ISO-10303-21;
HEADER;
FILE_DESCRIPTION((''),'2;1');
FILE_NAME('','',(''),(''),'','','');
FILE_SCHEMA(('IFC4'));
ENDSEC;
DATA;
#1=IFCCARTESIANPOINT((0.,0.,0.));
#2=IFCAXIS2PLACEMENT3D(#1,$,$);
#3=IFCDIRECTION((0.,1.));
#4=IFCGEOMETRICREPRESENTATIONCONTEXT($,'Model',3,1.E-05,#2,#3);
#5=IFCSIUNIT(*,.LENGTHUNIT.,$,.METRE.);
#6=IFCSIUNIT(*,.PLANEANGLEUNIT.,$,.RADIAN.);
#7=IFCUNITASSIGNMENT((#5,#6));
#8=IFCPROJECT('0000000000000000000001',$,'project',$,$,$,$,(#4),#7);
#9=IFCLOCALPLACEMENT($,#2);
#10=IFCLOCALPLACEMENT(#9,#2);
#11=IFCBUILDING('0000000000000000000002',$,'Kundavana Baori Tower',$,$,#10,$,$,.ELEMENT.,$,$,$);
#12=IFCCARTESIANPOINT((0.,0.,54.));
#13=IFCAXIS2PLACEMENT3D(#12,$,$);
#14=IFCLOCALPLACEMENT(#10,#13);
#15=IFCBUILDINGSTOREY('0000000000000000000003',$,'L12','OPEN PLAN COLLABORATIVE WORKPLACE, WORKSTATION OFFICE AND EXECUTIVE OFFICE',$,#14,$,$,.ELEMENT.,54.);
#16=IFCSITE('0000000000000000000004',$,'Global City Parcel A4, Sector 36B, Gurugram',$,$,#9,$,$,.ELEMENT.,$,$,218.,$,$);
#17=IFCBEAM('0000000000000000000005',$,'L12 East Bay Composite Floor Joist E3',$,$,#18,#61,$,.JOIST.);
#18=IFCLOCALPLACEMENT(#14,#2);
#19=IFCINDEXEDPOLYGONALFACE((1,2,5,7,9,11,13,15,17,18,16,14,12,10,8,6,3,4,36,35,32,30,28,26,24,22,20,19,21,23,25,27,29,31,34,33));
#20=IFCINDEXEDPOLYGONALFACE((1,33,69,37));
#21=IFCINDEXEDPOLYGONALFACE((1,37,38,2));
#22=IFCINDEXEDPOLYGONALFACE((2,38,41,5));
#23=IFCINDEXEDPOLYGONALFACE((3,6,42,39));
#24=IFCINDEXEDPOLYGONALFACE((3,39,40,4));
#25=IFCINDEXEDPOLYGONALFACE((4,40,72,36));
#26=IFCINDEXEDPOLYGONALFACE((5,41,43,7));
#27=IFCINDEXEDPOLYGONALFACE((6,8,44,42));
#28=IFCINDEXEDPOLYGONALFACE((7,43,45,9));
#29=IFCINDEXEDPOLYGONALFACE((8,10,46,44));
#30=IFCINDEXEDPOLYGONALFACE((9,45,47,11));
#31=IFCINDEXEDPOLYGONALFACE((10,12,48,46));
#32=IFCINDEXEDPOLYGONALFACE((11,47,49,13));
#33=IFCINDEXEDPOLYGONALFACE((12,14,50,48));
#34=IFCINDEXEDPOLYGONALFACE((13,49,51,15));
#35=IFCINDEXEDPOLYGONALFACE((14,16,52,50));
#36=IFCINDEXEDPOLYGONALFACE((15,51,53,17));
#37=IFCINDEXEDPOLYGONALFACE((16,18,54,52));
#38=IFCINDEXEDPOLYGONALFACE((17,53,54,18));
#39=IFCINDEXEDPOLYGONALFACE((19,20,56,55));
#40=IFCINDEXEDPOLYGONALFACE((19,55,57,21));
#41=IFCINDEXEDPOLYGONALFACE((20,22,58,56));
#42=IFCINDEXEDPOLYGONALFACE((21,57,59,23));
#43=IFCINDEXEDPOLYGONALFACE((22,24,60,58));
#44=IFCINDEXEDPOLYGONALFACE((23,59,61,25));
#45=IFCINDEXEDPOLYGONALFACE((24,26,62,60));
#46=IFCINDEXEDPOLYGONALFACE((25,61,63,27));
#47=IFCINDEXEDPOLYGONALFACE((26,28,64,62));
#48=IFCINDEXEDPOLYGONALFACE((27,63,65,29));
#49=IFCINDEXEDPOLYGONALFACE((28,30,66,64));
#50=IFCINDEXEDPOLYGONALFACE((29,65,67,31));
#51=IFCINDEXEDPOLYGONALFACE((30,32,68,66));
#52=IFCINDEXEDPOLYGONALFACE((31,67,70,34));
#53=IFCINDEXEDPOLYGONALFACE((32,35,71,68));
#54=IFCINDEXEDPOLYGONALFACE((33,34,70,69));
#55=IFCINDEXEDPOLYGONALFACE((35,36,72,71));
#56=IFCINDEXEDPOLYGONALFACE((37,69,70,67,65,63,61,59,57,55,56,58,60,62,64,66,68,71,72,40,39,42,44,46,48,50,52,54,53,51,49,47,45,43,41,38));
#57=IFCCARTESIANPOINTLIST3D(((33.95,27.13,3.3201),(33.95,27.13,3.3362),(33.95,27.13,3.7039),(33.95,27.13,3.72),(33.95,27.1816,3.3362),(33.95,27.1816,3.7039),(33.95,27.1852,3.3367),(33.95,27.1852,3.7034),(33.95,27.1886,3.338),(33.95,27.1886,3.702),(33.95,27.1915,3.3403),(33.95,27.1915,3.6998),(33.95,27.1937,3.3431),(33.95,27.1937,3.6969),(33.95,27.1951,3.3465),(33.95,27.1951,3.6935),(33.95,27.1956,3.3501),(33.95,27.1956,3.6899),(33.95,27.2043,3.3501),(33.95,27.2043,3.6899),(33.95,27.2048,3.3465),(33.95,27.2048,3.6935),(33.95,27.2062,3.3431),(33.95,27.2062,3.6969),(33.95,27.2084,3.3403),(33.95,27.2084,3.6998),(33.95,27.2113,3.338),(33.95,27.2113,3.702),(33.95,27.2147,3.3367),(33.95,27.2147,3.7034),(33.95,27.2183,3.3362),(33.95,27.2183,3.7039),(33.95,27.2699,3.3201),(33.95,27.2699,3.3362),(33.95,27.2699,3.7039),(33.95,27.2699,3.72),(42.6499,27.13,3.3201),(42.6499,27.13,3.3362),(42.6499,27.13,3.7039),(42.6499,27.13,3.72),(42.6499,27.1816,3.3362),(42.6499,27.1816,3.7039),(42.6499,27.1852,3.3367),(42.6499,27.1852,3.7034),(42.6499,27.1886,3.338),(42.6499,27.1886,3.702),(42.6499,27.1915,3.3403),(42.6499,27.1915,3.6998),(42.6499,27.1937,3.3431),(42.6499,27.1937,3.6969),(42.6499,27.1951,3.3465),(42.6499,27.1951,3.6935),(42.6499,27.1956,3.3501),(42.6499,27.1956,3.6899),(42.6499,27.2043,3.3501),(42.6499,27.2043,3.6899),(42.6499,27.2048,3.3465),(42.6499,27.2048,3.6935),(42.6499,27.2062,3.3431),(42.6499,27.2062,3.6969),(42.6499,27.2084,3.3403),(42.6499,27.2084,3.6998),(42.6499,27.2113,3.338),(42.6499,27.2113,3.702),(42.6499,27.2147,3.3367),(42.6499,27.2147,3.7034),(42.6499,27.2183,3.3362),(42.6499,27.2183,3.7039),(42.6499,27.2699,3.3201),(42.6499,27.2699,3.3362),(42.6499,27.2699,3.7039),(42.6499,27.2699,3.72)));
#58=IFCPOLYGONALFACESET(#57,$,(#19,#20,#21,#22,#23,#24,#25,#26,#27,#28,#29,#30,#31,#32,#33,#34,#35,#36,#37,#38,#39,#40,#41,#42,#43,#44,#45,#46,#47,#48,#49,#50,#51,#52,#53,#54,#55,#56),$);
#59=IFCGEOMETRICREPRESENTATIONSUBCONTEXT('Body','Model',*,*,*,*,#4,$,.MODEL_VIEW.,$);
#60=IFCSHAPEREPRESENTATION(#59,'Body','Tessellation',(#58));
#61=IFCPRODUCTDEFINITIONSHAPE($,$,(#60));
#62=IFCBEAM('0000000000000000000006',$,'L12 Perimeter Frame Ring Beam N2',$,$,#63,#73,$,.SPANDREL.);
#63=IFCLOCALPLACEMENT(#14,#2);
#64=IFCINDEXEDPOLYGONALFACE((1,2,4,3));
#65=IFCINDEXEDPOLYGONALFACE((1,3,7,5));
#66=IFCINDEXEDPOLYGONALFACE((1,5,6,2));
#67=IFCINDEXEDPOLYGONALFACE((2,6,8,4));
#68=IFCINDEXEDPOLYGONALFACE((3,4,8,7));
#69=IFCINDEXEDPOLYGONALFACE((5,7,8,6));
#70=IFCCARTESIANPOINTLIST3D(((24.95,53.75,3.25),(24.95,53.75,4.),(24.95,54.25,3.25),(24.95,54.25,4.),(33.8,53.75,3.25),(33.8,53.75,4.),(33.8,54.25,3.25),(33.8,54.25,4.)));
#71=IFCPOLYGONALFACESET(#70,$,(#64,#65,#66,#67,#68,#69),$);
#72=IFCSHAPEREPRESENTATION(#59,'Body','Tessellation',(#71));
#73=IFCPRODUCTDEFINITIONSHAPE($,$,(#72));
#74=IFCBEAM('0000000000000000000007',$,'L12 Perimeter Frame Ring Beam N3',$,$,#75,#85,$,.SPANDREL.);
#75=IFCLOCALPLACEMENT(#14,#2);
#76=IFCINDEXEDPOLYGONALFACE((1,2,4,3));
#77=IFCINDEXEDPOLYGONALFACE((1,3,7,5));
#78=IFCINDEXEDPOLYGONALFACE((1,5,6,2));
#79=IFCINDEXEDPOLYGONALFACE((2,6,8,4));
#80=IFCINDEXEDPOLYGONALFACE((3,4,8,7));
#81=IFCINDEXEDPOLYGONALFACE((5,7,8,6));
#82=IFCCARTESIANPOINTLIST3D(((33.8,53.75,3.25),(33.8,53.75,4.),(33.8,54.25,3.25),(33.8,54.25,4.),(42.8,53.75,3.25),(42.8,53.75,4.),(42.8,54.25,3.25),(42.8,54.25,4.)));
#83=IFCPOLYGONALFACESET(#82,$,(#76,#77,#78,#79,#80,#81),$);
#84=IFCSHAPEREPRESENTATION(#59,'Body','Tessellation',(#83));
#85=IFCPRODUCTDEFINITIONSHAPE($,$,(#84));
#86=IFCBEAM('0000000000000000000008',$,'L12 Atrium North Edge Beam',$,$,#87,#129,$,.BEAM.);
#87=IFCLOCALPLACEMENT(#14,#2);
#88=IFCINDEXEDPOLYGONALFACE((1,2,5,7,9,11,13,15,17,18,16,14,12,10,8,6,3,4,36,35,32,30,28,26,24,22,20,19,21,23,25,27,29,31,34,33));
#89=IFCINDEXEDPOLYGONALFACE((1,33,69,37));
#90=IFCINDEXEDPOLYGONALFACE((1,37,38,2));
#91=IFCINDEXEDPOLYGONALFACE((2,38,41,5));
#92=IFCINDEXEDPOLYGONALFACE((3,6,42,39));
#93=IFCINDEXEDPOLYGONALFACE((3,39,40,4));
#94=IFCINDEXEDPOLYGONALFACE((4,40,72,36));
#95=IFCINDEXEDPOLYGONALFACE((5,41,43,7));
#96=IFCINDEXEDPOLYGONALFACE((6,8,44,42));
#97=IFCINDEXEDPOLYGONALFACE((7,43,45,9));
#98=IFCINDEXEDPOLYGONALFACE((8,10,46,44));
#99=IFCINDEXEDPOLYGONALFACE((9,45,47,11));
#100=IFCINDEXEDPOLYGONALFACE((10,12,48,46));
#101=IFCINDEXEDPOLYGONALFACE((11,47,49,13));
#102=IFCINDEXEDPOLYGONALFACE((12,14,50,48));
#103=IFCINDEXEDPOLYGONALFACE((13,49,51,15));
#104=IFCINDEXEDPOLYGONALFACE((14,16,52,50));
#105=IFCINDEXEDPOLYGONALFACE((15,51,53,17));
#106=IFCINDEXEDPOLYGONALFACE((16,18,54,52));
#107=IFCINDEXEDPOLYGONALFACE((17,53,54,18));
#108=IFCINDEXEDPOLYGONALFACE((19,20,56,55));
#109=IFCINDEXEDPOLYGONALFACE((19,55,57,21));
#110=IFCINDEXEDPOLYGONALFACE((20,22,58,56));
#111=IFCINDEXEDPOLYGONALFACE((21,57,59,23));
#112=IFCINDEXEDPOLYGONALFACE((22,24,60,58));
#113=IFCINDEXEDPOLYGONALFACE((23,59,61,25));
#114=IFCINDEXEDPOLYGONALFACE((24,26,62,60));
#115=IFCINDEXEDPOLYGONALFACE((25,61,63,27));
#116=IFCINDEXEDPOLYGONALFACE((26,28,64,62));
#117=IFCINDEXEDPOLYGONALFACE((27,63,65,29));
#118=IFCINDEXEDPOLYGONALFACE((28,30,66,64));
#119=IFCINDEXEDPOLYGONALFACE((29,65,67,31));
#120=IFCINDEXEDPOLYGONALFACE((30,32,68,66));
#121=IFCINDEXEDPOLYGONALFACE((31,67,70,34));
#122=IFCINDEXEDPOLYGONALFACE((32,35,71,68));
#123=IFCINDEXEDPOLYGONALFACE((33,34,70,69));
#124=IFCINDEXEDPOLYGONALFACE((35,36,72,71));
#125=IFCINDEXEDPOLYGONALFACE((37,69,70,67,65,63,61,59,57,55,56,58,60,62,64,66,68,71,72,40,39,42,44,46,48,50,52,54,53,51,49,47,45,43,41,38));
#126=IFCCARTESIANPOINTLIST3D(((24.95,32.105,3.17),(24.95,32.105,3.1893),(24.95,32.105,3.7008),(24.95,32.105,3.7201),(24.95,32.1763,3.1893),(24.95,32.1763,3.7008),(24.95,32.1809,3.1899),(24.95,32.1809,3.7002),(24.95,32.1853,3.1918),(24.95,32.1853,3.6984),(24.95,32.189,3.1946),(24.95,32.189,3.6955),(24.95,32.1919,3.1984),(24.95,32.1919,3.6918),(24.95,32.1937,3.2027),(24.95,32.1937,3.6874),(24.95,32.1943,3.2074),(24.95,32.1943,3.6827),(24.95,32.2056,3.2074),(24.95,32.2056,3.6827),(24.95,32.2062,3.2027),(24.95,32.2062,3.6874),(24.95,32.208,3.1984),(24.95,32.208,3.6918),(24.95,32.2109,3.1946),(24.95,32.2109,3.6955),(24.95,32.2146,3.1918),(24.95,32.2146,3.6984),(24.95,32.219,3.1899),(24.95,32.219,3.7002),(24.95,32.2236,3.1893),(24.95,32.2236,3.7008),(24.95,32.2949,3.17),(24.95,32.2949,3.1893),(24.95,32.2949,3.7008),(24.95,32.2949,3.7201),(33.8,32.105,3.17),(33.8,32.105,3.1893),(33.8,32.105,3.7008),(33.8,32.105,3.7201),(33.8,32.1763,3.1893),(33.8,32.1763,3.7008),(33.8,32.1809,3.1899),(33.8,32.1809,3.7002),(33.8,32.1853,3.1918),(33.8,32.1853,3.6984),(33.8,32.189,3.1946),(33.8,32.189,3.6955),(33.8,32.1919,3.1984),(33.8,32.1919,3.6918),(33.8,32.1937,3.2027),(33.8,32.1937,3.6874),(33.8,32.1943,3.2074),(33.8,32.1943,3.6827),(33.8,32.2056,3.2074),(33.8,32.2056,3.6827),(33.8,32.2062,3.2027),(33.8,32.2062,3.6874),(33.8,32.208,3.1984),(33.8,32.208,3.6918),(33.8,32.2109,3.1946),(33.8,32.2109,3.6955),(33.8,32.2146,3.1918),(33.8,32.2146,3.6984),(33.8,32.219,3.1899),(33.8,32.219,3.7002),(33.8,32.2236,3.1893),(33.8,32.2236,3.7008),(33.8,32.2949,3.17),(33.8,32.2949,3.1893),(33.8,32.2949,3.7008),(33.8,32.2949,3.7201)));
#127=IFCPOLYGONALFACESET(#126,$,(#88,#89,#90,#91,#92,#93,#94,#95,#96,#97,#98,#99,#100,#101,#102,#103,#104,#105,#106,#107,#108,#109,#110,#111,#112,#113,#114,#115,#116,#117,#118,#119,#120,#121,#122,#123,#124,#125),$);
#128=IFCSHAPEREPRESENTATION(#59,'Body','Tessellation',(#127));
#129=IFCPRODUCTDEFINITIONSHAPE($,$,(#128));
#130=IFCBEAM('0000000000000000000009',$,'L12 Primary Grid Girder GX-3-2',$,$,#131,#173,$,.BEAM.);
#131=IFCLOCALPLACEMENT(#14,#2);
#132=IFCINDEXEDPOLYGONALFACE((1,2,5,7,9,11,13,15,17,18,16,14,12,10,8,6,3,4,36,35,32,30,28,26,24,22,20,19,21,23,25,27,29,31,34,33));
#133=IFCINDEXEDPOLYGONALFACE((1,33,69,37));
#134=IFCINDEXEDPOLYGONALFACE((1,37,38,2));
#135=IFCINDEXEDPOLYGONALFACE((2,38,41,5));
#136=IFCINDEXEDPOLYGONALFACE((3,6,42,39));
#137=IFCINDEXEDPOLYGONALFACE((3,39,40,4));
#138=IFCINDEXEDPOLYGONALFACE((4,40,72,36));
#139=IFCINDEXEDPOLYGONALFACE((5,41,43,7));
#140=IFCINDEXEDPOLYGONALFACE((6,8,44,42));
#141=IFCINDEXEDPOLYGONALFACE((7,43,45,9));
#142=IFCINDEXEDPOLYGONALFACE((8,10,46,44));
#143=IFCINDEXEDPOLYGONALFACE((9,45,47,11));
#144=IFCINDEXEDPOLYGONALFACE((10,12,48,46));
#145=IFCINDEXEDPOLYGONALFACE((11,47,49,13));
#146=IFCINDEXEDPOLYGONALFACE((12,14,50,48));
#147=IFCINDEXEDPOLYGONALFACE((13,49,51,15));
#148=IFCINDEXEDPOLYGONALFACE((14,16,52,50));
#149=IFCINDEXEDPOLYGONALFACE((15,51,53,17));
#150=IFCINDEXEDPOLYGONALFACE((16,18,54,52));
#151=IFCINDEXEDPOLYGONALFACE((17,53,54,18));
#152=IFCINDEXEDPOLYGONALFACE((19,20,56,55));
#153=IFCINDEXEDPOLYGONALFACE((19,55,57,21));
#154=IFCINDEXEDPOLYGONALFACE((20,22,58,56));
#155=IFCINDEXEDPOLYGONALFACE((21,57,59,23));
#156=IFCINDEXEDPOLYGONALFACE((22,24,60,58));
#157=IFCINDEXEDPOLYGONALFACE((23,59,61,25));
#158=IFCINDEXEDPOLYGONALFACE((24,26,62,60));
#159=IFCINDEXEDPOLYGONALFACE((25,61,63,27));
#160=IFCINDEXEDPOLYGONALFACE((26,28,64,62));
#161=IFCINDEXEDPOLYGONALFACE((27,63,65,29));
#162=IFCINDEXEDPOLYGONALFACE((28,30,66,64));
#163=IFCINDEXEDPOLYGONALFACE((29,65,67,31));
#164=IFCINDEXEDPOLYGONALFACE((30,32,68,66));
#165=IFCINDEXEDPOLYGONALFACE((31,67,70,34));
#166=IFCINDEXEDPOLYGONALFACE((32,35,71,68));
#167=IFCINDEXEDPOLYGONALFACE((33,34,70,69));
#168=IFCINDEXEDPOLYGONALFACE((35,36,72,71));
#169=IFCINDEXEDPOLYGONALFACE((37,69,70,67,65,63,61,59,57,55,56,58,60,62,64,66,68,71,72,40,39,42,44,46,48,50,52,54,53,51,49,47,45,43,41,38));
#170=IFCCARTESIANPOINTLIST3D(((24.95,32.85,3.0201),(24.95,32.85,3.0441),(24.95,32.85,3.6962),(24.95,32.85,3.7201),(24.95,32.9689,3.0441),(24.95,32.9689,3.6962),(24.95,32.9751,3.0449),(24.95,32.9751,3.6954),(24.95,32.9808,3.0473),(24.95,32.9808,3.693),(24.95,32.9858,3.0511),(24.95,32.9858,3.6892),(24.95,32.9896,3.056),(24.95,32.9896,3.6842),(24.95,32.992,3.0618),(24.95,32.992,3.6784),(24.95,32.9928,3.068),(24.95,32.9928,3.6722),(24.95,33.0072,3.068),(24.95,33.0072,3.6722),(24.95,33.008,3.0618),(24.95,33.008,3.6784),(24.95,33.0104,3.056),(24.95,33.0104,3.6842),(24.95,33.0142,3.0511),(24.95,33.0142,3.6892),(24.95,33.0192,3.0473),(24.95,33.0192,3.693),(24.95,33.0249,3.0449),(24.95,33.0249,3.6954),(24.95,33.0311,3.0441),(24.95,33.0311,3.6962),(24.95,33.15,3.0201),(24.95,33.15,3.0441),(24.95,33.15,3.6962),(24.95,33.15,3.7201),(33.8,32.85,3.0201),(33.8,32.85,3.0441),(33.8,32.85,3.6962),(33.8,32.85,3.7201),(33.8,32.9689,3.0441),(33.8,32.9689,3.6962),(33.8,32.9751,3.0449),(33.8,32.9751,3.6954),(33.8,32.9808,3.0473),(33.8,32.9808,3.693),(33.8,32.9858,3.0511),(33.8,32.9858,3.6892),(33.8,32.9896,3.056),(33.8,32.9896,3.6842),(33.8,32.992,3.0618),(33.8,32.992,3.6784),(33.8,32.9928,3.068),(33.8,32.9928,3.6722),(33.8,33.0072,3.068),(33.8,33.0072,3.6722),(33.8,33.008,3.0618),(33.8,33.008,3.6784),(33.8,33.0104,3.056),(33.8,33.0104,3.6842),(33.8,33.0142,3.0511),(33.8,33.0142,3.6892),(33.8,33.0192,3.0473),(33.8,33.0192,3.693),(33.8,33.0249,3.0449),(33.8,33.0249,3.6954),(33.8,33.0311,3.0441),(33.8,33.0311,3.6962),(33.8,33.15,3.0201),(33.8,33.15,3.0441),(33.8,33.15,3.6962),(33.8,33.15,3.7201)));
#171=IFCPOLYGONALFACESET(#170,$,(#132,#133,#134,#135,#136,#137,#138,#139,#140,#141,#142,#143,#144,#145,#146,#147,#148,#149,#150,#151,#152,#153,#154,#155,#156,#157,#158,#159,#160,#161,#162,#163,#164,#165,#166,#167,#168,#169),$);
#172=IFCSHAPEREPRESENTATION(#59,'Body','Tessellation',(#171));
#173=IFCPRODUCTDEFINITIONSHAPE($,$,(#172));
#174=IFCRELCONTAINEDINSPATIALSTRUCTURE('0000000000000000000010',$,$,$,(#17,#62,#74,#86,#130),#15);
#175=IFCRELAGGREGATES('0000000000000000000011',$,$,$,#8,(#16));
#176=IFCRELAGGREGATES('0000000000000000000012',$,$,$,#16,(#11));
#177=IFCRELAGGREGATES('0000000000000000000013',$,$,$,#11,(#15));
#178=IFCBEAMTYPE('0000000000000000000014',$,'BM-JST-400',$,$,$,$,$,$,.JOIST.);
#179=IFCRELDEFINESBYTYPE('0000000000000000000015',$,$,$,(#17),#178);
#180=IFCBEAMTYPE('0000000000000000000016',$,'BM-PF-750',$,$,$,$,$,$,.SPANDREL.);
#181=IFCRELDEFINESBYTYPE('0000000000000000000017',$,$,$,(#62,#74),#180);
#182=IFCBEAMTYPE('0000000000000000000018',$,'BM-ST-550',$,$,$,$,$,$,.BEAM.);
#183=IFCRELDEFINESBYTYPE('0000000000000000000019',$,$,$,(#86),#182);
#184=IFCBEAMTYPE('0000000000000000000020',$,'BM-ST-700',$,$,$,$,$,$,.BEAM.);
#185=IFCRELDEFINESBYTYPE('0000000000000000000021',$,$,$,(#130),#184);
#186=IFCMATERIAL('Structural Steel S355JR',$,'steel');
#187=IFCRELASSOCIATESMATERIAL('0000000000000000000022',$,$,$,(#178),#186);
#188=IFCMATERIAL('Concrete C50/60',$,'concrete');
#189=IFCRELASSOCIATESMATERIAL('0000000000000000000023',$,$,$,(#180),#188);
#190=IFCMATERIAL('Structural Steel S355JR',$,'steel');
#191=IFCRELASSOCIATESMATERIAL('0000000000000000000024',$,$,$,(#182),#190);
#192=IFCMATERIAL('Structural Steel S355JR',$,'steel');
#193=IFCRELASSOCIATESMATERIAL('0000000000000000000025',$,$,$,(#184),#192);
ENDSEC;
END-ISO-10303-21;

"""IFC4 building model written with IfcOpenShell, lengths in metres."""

from ifc_helpers import new_model, si_unit, direction, frame, origin, origin_2d, place, context, subcontext, project, spatial, rectangle, i_section, extrude, material, material_profile, profile_set, type_object, element, save


model = new_model("IFC4")

# Units and contexts
model_context = context("Model", 3, precision=1e-05, world=origin(), true_north=direction((0.0, 1.0)))
body_context = subcontext(model_context, "Body", "Model", "MODEL_VIEW")
ifc_project = project(units=[si_unit("LENGTHUNIT", "METRE"), si_unit("PLANEANGLEUNIT", "RADIAN")], contexts=[model_context])

# Site, building, storey
site_placement = place(None, origin())
site = spatial("IfcSite", under=ifc_project, at=site_placement, Name="Global City Parcel A4, Sector 36B, Gurugram", CompositionType="ELEMENT", RefElevation=218.0)
building_placement = place(site_placement, origin())
building = spatial("IfcBuilding", under=site, at=building_placement, Name="Kundavana Baori Tower", CompositionType="ELEMENT")
storey_placement = place(building_placement, frame((0.0, 0.0, 54.0)))
storey = spatial("IfcBuildingStorey", under=building, at=storey_placement, Name="L12", Description="OPEN PLAN COLLABORATIVE WORKPLACE, WORKSTATION OFFICE AND EXECUTIVE OFFICE", CompositionType="ELEMENT", Elevation=54.0)

# Beams
ifc_material_1 = material(Name="Structural Steel S355JR", Category="steel")
ifc_material_profile_1 = material_profile(ifc_material_1, i_section(OverallWidth=0.1399, OverallDepth=0.3999, WebThickness=0.0088, FlangeThickness=0.0161, FilletRadius=0.0139, at=origin_2d()), Name="ISMB 400")
ifc_profile_set_1 = profile_set([ifc_material_profile_1], Name="Structural Steel S355JR")
beam_type_1 = type_object("IfcBeamType", Name="BM-JST-400", PredefinedType="JOIST", material=ifc_profile_set_1)
beam_1_placement = place(storey_placement, frame((33.95, 27.2, 3.52), z_axis=(1.0, 0.0, 0.0), x_axis=(0.0, 1.0, 0.0)))
element("IfcBeam", 1, at=beam_1_placement, inside=storey, type_object=beam_type_1, Name="L12 East Bay Composite Floor Joist E3", PredefinedType="JOIST", context=body_context, shape_type="SweptSolid", body=[
    extrude(i_section(OverallWidth=0.1399, OverallDepth=0.3999, WebThickness=0.0088, FlangeThickness=0.0161, FilletRadius=0.0139, at=origin_2d()), origin(), (0.0, 0.0, 1.0), 8.7),
])
ifc_material_2 = material(Name="Concrete C50/60", Category="concrete")
ifc_material_profile_2 = material_profile(ifc_material_2, rectangle(XDim=0.5, YDim=0.75, at=origin_2d()), Name="RC BM 500x750")
ifc_profile_set_2 = profile_set([ifc_material_profile_2], Name="Concrete C50/60")
beam_type_2 = type_object("IfcBeamType", Name="BM-PF-750", PredefinedType="SPANDREL", material=ifc_profile_set_2)
beam_2_placement = place(storey_placement, frame((24.95, 54.0, 3.625), z_axis=(1.0, 0.0, 0.0), x_axis=(0.0, 1.0, 0.0)))
element("IfcBeam", 2, at=beam_2_placement, inside=storey, type_object=beam_type_2, Name="L12 Perimeter Frame Ring Beam N2", PredefinedType="SPANDREL", context=body_context, shape_type="SweptSolid", body=[
    extrude(rectangle(XDim=0.5, YDim=0.75, at=origin_2d()), origin(), (0.0, 0.0, 1.0), 8.8501),
])
beam_3_placement = place(storey_placement, frame((33.8, 54.0, 3.625), z_axis=(1.0, 0.0, 0.0), x_axis=(0.0, 1.0, 0.0)))
element("IfcBeam", 3, at=beam_3_placement, inside=storey, type_object=beam_type_2, Name="L12 Perimeter Frame Ring Beam N3", PredefinedType="SPANDREL", context=body_context, shape_type="SweptSolid", body=[
    extrude(rectangle(XDim=0.5, YDim=0.75, at=origin_2d()), origin(), (0.0, 0.0, 1.0), 9.0),
])
ifc_material_3 = material(Name="Structural Steel S355JR", Category="steel")
ifc_material_profile_3 = material_profile(ifc_material_3, i_section(OverallWidth=0.1899, OverallDepth=0.55, WebThickness=0.0112, FlangeThickness=0.0193, FilletRadius=0.0181, at=origin_2d()), Name="ISMB 550")
ifc_profile_set_3 = profile_set([ifc_material_profile_3], Name="Structural Steel S355JR")
beam_type_3 = type_object("IfcBeamType", Name="BM-ST-550", PredefinedType="BEAM", material=ifc_profile_set_3)
beam_4_placement = place(storey_placement, frame((24.95, 32.2, 3.4451), z_axis=(1.0, 0.0, 0.0), x_axis=(0.0, 1.0, 0.0)))
element("IfcBeam", 4, at=beam_4_placement, inside=storey, type_object=beam_type_3, Name="L12 Atrium North Edge Beam", PredefinedType="BEAM", context=body_context, shape_type="SweptSolid", body=[
    extrude(i_section(OverallWidth=0.1899, OverallDepth=0.55, WebThickness=0.0112, FlangeThickness=0.0193, FilletRadius=0.0181, at=origin_2d()), origin(), (0.0, 0.0, 1.0), 8.8501),
])
ifc_material_4 = material(Name="Structural Steel S355JR", Category="steel")
ifc_material_profile_4 = material_profile(ifc_material_4, i_section(OverallWidth=0.3, OverallDepth=0.7, WebThickness=0.0144, FlangeThickness=0.0239, FilletRadius=0.0239, at=origin_2d()), Name="NPB 700x300x170")
ifc_profile_set_4 = profile_set([ifc_material_profile_4], Name="Structural Steel S355JR")
beam_type_4 = type_object("IfcBeamType", Name="BM-ST-700", PredefinedType="BEAM", material=ifc_profile_set_4)
for number, where, z_axis, x_axis, name in (
    (5, (24.95, 33.0, 3.3701), (1.0, 0.0, 0.0), (0.0, 1.0, 0.0), "L12 Primary Grid Girder GX-3-2"),
):
    element("IfcBeam", number, at=place(storey_placement, frame(where, z_axis=z_axis, x_axis=x_axis)), inside=storey, type_object=beam_type_4, Name=name, PredefinedType="BEAM", context=body_context, shape_type="SweptSolid", body=[
        extrude(i_section(OverallWidth=0.3, OverallDepth=0.7, WebThickness=0.0144, FlangeThickness=0.0239, FilletRadius=0.0239, at=origin_2d()), origin(), (0.0, 0.0, 1.0), 8.8501),
    ])

save(model, "model.ifc")
